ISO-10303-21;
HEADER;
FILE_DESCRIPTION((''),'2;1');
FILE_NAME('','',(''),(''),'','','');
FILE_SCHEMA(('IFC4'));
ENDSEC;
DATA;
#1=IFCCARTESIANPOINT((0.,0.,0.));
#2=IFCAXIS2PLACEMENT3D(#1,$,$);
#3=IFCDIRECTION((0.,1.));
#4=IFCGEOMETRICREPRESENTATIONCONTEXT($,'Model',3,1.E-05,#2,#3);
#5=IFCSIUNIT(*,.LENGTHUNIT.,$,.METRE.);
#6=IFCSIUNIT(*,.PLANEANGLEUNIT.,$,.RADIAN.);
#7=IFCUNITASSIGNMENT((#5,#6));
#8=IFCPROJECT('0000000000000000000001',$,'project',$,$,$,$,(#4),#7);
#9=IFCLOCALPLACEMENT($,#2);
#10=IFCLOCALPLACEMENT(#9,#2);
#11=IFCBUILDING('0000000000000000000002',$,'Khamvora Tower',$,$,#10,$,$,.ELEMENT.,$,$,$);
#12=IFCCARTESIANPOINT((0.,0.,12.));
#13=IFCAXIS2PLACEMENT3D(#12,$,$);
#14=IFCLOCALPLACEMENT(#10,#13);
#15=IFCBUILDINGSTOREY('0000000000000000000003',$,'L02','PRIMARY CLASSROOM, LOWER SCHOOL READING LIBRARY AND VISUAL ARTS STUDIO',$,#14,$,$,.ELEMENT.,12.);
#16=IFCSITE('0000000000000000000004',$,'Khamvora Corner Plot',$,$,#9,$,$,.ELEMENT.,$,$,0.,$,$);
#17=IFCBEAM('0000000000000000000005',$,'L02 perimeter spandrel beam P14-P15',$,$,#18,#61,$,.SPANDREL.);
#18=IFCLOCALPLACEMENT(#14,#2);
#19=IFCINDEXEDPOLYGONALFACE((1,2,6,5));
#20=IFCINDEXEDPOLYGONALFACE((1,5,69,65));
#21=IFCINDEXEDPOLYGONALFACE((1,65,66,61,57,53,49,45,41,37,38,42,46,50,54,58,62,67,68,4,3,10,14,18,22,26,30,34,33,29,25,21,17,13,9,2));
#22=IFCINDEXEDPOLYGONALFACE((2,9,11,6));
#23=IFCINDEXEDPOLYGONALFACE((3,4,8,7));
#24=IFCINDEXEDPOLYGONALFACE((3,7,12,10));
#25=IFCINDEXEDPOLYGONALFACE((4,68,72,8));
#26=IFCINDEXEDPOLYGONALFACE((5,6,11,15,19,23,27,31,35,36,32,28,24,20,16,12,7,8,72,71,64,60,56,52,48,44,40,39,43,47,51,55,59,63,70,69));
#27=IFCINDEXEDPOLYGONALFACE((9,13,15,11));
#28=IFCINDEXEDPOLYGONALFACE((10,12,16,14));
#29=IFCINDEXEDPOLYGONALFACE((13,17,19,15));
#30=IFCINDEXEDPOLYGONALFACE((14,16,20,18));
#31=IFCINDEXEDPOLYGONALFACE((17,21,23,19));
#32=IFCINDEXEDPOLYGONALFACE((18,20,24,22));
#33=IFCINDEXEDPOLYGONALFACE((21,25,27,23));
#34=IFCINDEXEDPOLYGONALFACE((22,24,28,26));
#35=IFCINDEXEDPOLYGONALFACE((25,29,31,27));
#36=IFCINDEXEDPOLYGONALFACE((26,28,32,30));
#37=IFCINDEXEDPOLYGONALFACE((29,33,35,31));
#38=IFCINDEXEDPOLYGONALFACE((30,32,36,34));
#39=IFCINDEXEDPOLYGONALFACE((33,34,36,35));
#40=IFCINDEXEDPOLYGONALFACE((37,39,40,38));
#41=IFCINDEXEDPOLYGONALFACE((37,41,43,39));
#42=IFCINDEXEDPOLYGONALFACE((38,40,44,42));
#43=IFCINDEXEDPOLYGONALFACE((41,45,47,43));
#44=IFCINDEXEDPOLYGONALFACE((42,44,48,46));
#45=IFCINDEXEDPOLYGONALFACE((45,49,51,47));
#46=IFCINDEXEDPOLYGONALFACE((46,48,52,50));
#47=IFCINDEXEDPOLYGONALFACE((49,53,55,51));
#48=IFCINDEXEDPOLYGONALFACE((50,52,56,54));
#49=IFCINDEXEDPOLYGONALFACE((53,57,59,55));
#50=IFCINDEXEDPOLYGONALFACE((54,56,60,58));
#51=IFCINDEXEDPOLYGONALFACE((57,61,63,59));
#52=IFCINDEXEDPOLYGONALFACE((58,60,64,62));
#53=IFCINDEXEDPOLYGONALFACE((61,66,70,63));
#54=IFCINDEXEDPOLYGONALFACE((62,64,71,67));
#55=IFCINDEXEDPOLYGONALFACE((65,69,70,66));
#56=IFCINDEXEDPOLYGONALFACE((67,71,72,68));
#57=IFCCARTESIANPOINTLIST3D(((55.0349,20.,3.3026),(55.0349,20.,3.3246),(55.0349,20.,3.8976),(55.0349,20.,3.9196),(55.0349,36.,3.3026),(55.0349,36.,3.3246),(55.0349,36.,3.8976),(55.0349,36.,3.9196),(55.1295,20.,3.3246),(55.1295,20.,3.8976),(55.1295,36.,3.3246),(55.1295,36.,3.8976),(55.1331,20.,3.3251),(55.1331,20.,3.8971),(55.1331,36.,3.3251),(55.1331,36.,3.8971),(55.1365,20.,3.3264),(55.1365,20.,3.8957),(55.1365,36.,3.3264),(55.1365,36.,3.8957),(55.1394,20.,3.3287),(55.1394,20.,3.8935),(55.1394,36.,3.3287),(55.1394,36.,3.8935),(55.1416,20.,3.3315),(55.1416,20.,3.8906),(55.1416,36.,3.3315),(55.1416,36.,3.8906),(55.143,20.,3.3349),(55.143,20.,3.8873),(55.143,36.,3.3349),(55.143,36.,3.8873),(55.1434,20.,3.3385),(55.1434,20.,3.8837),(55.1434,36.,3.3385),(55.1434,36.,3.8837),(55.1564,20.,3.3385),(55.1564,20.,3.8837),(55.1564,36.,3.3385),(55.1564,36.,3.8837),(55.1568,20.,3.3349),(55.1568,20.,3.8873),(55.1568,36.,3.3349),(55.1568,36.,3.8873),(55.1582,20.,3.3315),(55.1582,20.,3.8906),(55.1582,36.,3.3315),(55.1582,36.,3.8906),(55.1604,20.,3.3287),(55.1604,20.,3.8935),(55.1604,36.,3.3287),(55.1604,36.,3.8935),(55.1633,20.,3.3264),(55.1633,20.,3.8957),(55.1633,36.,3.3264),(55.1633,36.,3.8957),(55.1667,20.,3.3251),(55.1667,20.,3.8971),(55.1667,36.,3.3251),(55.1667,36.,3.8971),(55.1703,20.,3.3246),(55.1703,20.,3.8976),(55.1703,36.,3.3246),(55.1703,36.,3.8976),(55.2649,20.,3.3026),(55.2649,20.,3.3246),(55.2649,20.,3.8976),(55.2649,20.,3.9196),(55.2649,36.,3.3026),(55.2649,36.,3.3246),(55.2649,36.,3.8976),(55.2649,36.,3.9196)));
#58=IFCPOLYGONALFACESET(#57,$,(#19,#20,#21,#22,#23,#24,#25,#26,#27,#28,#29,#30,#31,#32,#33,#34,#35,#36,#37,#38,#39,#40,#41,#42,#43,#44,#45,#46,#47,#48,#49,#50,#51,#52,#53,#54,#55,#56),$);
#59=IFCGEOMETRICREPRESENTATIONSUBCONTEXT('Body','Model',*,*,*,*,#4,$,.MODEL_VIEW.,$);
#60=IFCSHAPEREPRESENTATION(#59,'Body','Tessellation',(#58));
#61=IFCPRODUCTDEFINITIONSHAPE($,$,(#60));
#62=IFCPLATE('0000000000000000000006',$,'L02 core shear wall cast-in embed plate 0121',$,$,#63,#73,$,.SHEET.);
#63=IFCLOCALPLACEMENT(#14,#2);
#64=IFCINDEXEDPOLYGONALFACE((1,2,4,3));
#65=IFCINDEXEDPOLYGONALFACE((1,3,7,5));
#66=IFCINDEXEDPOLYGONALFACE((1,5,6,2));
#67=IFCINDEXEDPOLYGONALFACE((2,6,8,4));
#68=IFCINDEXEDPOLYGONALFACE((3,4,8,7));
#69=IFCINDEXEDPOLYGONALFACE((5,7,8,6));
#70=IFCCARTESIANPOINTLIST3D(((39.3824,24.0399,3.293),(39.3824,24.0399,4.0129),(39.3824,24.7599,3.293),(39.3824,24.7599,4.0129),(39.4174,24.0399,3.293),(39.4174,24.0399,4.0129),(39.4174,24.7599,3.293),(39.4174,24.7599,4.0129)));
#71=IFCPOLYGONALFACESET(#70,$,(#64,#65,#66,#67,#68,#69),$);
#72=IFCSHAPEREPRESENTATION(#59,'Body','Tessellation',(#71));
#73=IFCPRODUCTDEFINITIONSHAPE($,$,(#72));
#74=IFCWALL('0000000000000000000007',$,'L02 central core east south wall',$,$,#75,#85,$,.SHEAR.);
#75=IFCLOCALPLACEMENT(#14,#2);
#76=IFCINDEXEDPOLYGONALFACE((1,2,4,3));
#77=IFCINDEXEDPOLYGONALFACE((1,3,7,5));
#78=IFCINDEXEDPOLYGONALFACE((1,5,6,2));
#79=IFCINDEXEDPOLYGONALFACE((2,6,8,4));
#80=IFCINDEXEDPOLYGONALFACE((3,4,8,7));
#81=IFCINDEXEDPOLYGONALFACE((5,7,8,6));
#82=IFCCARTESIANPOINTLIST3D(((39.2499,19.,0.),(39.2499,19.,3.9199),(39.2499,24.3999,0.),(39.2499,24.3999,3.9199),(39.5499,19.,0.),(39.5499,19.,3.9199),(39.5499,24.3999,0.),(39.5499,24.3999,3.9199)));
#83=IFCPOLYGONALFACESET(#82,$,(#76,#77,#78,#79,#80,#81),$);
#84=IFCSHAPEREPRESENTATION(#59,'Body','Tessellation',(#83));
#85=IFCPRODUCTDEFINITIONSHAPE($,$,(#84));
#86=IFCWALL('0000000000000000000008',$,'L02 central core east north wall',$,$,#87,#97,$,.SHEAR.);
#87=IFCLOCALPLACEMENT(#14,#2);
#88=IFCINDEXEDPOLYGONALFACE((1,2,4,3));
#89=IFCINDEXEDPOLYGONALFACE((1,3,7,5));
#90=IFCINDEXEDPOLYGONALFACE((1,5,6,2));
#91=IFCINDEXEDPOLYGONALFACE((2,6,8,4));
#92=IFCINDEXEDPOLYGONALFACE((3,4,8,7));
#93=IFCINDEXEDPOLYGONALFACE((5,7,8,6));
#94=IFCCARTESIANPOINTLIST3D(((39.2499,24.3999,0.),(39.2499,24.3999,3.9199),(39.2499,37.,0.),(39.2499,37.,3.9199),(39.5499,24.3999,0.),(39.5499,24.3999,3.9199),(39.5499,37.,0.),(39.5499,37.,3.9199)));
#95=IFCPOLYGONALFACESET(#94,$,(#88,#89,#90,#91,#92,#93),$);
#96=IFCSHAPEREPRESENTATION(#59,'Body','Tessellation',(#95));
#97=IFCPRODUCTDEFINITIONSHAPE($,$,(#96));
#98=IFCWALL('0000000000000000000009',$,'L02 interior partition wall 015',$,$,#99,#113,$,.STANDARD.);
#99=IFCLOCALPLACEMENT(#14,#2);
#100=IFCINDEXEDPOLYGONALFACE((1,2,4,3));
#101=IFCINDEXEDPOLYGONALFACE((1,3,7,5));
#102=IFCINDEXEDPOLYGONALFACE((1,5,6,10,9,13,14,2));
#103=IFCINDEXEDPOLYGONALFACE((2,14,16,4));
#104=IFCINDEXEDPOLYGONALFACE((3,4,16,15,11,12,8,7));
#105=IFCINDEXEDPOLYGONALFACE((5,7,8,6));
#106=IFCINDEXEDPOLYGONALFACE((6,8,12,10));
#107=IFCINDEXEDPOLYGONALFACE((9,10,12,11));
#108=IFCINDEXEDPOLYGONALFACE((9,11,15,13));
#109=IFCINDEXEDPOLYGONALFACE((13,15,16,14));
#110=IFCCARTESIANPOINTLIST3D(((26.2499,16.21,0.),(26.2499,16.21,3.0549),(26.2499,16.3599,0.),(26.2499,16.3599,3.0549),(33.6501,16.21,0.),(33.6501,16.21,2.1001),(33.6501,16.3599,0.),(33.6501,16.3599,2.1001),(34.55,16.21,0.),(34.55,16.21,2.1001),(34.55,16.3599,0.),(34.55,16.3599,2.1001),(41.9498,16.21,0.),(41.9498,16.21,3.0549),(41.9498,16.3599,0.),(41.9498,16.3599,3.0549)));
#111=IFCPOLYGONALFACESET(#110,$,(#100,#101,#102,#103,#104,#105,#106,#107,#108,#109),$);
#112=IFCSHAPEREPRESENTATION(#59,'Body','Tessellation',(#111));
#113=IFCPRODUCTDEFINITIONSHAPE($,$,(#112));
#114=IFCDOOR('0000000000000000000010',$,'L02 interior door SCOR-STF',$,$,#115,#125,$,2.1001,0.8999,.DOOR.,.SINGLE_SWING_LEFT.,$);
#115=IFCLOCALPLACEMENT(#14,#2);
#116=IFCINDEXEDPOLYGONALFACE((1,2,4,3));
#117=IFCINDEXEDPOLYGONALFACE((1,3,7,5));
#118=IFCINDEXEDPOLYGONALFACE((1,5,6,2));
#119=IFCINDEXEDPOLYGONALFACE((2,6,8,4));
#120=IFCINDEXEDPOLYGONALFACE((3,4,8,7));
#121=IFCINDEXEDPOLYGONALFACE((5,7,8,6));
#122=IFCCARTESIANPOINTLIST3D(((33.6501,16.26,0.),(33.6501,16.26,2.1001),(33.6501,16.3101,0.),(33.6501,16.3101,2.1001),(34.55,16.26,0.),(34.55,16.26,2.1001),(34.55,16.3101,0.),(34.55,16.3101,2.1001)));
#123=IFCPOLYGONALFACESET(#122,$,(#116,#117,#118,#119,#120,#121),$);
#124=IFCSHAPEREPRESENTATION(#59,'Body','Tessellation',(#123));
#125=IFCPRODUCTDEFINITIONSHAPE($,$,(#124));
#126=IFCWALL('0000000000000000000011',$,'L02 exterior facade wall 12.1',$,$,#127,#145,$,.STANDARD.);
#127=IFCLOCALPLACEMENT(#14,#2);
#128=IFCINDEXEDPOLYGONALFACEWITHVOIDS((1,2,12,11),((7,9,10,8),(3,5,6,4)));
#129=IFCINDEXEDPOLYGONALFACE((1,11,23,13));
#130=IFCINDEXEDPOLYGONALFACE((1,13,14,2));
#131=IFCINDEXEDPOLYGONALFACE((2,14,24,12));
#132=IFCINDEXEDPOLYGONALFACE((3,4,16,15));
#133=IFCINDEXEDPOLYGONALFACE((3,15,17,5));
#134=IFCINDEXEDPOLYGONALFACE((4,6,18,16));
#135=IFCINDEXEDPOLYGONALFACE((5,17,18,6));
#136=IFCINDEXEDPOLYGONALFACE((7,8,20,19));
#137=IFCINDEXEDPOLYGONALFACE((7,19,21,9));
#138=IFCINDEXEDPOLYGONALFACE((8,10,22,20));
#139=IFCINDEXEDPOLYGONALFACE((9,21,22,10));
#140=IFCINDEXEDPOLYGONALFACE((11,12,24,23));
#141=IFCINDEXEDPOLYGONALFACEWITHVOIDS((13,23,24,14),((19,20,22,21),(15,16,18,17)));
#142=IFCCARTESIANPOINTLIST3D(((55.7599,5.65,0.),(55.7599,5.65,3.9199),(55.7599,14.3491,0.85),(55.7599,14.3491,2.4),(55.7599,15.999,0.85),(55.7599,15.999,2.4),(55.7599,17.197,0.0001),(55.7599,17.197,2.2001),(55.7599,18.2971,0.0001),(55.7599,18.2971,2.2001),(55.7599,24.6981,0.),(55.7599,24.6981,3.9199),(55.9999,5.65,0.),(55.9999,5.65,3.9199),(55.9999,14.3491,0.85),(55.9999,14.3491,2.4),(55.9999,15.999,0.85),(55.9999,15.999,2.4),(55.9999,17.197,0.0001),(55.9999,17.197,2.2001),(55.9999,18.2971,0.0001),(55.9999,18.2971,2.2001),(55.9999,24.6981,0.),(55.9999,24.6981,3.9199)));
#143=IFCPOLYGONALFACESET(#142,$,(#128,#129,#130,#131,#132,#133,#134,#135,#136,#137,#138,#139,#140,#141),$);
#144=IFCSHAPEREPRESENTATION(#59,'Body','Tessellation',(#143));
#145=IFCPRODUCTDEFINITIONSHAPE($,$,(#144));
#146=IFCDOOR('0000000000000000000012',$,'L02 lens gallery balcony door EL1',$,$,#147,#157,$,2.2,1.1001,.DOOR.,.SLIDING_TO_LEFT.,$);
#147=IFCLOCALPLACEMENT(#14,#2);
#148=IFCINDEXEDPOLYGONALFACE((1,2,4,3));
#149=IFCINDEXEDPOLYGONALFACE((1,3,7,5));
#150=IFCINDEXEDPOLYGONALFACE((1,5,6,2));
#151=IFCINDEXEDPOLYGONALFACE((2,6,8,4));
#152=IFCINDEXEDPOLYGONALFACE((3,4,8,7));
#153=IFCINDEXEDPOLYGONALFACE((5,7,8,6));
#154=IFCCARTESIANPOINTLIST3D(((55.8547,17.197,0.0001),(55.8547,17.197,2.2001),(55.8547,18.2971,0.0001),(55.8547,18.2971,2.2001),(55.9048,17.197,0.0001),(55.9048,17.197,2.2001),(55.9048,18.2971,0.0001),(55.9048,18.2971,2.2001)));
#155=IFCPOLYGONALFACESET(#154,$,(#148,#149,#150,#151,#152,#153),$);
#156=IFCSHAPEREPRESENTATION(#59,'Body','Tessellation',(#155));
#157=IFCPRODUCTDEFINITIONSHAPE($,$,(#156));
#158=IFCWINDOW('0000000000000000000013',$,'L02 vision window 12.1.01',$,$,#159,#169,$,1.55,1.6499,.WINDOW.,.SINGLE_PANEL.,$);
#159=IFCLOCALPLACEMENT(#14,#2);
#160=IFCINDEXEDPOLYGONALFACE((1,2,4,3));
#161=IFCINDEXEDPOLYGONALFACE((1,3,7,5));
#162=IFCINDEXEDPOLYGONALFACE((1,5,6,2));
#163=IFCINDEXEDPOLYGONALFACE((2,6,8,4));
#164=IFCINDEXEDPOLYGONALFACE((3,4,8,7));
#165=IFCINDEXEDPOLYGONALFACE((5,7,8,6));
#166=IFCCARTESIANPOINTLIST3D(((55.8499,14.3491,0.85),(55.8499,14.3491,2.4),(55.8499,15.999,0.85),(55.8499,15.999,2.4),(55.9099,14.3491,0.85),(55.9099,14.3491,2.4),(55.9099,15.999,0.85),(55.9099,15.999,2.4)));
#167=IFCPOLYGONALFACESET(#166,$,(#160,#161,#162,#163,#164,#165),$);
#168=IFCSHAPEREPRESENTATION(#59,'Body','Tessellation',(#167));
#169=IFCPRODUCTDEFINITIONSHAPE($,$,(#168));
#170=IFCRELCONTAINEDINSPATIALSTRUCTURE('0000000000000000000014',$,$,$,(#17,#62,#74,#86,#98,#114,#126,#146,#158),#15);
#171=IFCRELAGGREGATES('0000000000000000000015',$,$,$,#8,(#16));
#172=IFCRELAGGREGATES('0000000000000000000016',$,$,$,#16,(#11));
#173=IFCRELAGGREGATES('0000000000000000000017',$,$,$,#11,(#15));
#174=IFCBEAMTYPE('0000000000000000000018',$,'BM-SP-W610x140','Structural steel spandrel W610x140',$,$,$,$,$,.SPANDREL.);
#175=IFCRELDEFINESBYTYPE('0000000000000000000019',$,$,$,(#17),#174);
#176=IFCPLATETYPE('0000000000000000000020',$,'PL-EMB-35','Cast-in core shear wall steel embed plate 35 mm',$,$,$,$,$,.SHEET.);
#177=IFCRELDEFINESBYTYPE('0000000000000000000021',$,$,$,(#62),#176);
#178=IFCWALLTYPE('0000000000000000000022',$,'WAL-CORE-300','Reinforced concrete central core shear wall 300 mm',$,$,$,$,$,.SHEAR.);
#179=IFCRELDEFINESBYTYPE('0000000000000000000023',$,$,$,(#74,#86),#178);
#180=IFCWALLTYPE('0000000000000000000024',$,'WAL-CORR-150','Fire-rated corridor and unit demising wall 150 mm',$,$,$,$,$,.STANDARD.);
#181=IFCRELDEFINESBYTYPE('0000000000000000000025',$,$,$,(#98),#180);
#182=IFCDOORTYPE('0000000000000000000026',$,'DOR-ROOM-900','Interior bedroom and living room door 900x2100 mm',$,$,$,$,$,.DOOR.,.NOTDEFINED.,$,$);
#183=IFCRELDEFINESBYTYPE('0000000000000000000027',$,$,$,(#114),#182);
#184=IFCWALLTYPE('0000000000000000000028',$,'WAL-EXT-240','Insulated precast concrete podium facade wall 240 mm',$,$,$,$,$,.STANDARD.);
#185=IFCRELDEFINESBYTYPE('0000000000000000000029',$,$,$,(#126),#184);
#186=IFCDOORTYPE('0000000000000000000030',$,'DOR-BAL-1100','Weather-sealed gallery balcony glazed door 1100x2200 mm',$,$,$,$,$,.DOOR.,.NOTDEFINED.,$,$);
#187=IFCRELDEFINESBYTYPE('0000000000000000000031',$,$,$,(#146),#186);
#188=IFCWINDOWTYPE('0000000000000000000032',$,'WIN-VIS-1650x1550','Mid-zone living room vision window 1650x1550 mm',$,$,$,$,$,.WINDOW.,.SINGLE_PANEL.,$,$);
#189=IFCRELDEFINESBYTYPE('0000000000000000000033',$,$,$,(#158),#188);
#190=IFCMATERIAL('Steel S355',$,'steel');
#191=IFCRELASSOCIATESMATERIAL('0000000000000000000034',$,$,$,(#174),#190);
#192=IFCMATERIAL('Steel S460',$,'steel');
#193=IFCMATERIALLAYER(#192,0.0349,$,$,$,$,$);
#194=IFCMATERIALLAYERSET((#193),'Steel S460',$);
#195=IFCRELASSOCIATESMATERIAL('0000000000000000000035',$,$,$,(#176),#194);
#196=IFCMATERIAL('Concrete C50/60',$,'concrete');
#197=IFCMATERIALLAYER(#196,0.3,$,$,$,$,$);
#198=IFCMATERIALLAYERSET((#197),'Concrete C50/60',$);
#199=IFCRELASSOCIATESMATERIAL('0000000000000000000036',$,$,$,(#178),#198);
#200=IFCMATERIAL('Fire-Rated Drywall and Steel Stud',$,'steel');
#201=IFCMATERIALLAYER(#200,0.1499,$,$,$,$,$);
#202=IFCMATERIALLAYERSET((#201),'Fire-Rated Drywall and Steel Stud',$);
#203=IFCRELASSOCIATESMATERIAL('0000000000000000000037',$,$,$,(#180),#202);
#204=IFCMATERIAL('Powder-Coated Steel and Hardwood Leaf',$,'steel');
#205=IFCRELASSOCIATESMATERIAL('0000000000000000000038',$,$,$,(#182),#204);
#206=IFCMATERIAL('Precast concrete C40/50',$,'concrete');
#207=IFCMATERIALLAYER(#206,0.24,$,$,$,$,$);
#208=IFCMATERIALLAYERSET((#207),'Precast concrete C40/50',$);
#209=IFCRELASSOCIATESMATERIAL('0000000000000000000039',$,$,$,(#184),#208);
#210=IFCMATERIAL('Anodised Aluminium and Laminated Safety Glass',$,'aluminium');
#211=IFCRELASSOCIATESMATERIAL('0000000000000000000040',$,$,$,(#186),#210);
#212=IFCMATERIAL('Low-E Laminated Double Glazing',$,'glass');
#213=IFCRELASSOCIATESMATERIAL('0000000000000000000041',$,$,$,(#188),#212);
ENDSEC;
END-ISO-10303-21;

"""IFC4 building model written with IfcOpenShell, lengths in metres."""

from ifc_helpers import new_model, si_unit, direction, frame, frame_2d, origin, origin_2d, place, context, subcontext, project, spatial, rectangle, i_section, extrude, material, layer, layer_set, material_profile, profile_set, type_object, element, fill, save


model = new_model("IFC4")

# Units and contexts
model_context = context("Model", 3, precision=1e-05, world=origin(), true_north=direction((0.0, 1.0)))
body_context = subcontext(model_context, "Body", "Model", "MODEL_VIEW")
ifc_project = project(units=[si_unit("LENGTHUNIT", "METRE"), si_unit("PLANEANGLEUNIT", "RADIAN")], contexts=[model_context])

# Site, building, storey
site_placement = place(None, origin())
site = spatial("IfcSite", under=ifc_project, at=site_placement, Name="Khamvora Corner Plot", CompositionType="ELEMENT", RefElevation=0.0)
building_placement = place(site_placement, origin())
building = spatial("IfcBuilding", under=site, at=building_placement, Name="Khamvora Tower", CompositionType="ELEMENT")
storey_placement = place(building_placement, frame((0.0, 0.0, 12.0)))
storey = spatial("IfcBuildingStorey", under=building, at=storey_placement, Name="L02", Description="PRIMARY CLASSROOM, LOWER SCHOOL READING LIBRARY AND VISUAL ARTS STUDIO", CompositionType="ELEMENT", Elevation=12.0)

# Shared definitions
ifc_material_1 = material(Name="Steel S460", Category="steel")

# Beam
ifc_material_2 = material(Name="Steel S355", Category="steel")
ifc_material_profile_1 = material_profile(ifc_material_2, i_section(OverallWidth=0.23, OverallDepth=0.6169, WebThickness=0.0129, FlangeThickness=0.022, FilletRadius=0.0139, at=origin_2d()), Name="W610x140")
ifc_profile_set_1 = profile_set([ifc_material_profile_1], Name="Steel S355")
beam_type_1 = type_object("IfcBeamType", Name="BM-SP-W610x140", Description="Structural steel spandrel W610x140", PredefinedType="SPANDREL", material=ifc_profile_set_1)
beam_1_placement = place(storey_placement, frame((55.1499, 20.0, 3.6111), z_axis=(0.0, 1.0, 0.0), x_axis=(-1.0, 0.0, 0.0)))
element("IfcBeam", 1, at=beam_1_placement, inside=storey, type_object=beam_type_1, Name="L02 perimeter spandrel beam P14-P15", PredefinedType="SPANDREL", context=body_context, shape_type="SweptSolid", body=[
    extrude(i_section(OverallWidth=0.23, OverallDepth=0.6169, WebThickness=0.0129, FlangeThickness=0.022, FilletRadius=0.0139, at=origin_2d()), origin(), (0.0, 0.0, 1.0), 16.0),
])

# Plate
ifc_layer_1 = layer(ifc_material_1, 0.0349)
ifc_layer_set_1 = layer_set([ifc_layer_1], Name="Steel S460")
plate_type = type_object("IfcPlateType", Name="PL-EMB-35", Description="Cast-in core shear wall steel embed plate 35 mm", PredefinedType="SHEET", material=ifc_layer_set_1)
plate_placement = place(storey_placement, frame((39.3999, 24.3999, 3.293), z_axis=(0.0, 0.0, 1.0), x_axis=(1.0, 0.0, 0.0)))
element("IfcPlate", 2, at=plate_placement, inside=storey, type_object=plate_type, Name="L02 core shear wall cast-in embed plate 0121", PredefinedType="SHEET", context=body_context, shape_type="SweptSolid", body=[
    extrude(rectangle(XDim=0.0349, YDim=0.72, at=origin_2d()), origin(), (0.0, 0.0, 1.0), 0.72),
])

# Walls
ifc_material_3 = material(Name="Concrete C50/60", Category="concrete")
ifc_layer_2 = layer(ifc_material_3, 0.3)
ifc_layer_set_2 = layer_set([ifc_layer_2], Name="Concrete C50/60")
wall_type_1 = type_object("IfcWallType", Name="WAL-CORE-300", Description="Reinforced concrete central core shear wall 300 mm", PredefinedType="SHEAR", material=ifc_layer_set_2)
wall_1_placement = place(storey_placement, frame((39.3999, 19.0, 0.0), z_axis=(0.0, 0.0, 1.0), x_axis=(0.0, 1.0, 0.0)))
element("IfcWall", 3, at=wall_1_placement, inside=storey, type_object=wall_type_1, Name="L02 central core east south wall", PredefinedType="SHEAR", context=body_context, shape_type="SweptSolid", body=[
    extrude(rectangle(XDim=5.3999, YDim=0.3, at=frame_2d((2.7, 0.0))), origin(), (0.0, 0.0, 1.0), 3.9199),
])
wall_2_placement = place(storey_placement, frame((39.3999, 24.3999, 0.0), z_axis=(0.0, 0.0, 1.0), x_axis=(0.0, 1.0, 0.0)))
element("IfcWall", 4, at=wall_2_placement, inside=storey, type_object=wall_type_1, Name="L02 central core east north wall", PredefinedType="SHEAR", context=body_context, shape_type="SweptSolid", body=[
    extrude(rectangle(XDim=12.6001, YDim=0.3, at=frame_2d((6.3, 0.0))), origin(), (0.0, 0.0, 1.0), 3.9199),
])

# Wall, opening, door
ifc_material_4 = material(Name="Fire-Rated Drywall and Steel Stud", Category="steel")
ifc_layer_3 = layer(ifc_material_4, 0.1499)
ifc_layer_set_3 = layer_set([ifc_layer_3], Name="Fire-Rated Drywall and Steel Stud")
wall_type_2 = type_object("IfcWallType", Name="WAL-CORR-150", Description="Fire-rated corridor and unit demising wall 150 mm", PredefinedType="STANDARD", material=ifc_layer_set_3)
wall_3_placement = place(storey_placement, frame((41.95, 16.2849, 0.0), z_axis=(0.0, 0.0, 1.0), x_axis=(-1.0, 0.0, 0.0)))
wall_3 = element("IfcWall", 5, at=wall_3_placement, inside=storey, type_object=wall_type_2, Name="L02 interior partition wall 015", PredefinedType="STANDARD", context=body_context, shape_type="SweptSolid", body=[
    extrude(rectangle(XDim=15.7, YDim=0.1499, at=frame_2d((7.8501, 0.0))), origin(), (0.0, 0.0, 1.0), 3.0549),
])
opening_1_placement = place(wall_3_placement, frame((7.3999, 0.0, 0.0)))
opening_1 = element("IfcOpeningElement", 6, at=opening_1_placement, cuts=wall_3, PredefinedType="OPENING", context=body_context, shape_type="SweptSolid", body=[
    extrude(rectangle(XDim=0.8999, YDim=2.1001, at=frame_2d((0.45, 1.05))), frame((0.0, 0.085, 0.0), z_axis=(0.0, -1.0, 0.0), x_axis=(1.0, 0.0, 0.0)), (0.0, 0.0, 1.0), 0.1699),
])
ifc_material_5 = material(Name="Powder-Coated Steel and Hardwood Leaf", Category="steel")
door_type_1 = type_object("IfcDoorType", Name="DOR-ROOM-900", Description="Interior bedroom and living room door 900x2100 mm", OperationType="NOTDEFINED", PredefinedType="DOOR", material=ifc_material_5)
door_1_placement = place(opening_1_placement, origin())
door_1 = element("IfcDoor", 7, at=door_1_placement, inside=storey, type_object=door_type_1, Name="L02 interior door SCOR-STF", OperationType="SINGLE_SWING_LEFT", OverallHeight=2.1001, OverallWidth=0.8999, PredefinedType="DOOR", context=body_context, shape_type="SweptSolid", body=[
    extrude(rectangle(XDim=0.8999, YDim=2.1001, at=frame_2d((0.45, 1.05))), frame((0.0, 0.0249, 0.0), z_axis=(0.0, -1.0, 0.0), x_axis=(1.0, 0.0, 0.0)), (0.0, 0.0, 1.0), 0.05),
])
fill(opening_1, door_1)

# Wall, openings, door, window
ifc_material_6 = material(Name="Precast concrete C40/50", Category="concrete")
ifc_layer_4 = layer(ifc_material_6, 0.24)
ifc_layer_set_4 = layer_set([ifc_layer_4], Name="Precast concrete C40/50")
wall_type_3 = type_object("IfcWallType", Name="WAL-EXT-240", Description="Insulated precast concrete podium facade wall 240 mm", PredefinedType="STANDARD", material=ifc_layer_set_4)
wall_4_placement = place(storey_placement, frame((55.8799, 24.698, 0.0), z_axis=(0.0, 0.0, 1.0), x_axis=(0.0, -1.0, 0.0)))
wall_4 = element("IfcWall", 8, at=wall_4_placement, inside=storey, type_object=wall_type_3, Name="L02 exterior facade wall 12.1", PredefinedType="STANDARD", context=body_context, shape_type="SweptSolid", body=[
    extrude(rectangle(XDim=19.0481, YDim=0.24, at=frame_2d((9.5239, 0.0))), origin(), (0.0, 0.0, 1.0), 3.9199),
])
opening_2_placement = place(wall_4_placement, frame((6.4009, 0.0, 0.0)))
opening_2 = element("IfcOpeningElement", 9, at=opening_2_placement, cuts=wall_4, PredefinedType="OPENING", context=body_context, shape_type="SweptSolid", body=[
    extrude(rectangle(XDim=1.1001, YDim=2.2, at=frame_2d((0.55, 1.1001))), frame((0.0, 0.1299, 0.0), z_axis=(0.0, -1.0, 0.0), x_axis=(1.0, 0.0, 0.0)), (0.0, 0.0, 1.0), 0.26),
])
opening_3_placement = place(wall_4_placement, frame((8.699, 0.0, 0.8501)))
opening_3 = element("IfcOpeningElement", 10, at=opening_3_placement, cuts=wall_4, PredefinedType="OPENING", context=body_context, shape_type="SweptSolid", body=[
    extrude(rectangle(XDim=1.6499, YDim=1.55, at=frame_2d((0.825, 0.7749))), frame((0.0, 0.1299, 0.0), z_axis=(0.0, -1.0, 0.0), x_axis=(1.0, 0.0, 0.0)), (0.0, 0.0, 1.0), 0.26),
])
ifc_material_7 = material(Name="Anodised Aluminium and Laminated Safety Glass", Category="aluminium")
door_type_2 = type_object("IfcDoorType", Name="DOR-BAL-1100", Description="Weather-sealed gallery balcony glazed door 1100x2200 mm", OperationType="NOTDEFINED", PredefinedType="DOOR", material=ifc_material_7)
door_2_placement = place(opening_2_placement, origin())
door_2 = element("IfcDoor", 11, at=door_2_placement, inside=storey, type_object=door_type_2, Name="L02 lens gallery balcony door EL1", OperationType="SLIDING_TO_LEFT", OverallHeight=2.2, OverallWidth=1.1001, PredefinedType="DOOR", context=body_context, shape_type="SweptSolid", body=[
    extrude(rectangle(XDim=1.1001, YDim=2.2, at=frame_2d((0.55, 1.1001))), frame((0.0, 0.0249, 0.0), z_axis=(0.0, -1.0, 0.0), x_axis=(1.0, 0.0, 0.0)), (0.0, 0.0, 1.0), 0.05),
])
fill(opening_2, door_2)
ifc_material_8 = material(Name="Low-E Laminated Double Glazing", Category="glass")
window_type = type_object("IfcWindowType", Name="WIN-VIS-1650x1550", Description="Mid-zone living room vision window 1650x1550 mm", PartitioningType="SINGLE_PANEL", PredefinedType="WINDOW", material=ifc_material_8)
window_placement = place(opening_3_placement, origin())
window = element("IfcWindow", 12, at=window_placement, inside=storey, type_object=window_type, Name="L02 vision window 12.1.01", OverallHeight=1.55, OverallWidth=1.6499, PartitioningType="SINGLE_PANEL", PredefinedType="WINDOW", context=body_context, shape_type="SweptSolid", body=[
    extrude(rectangle(XDim=1.6499, YDim=1.55, at=frame_2d((0.825, 0.7749))), frame((0.0, 0.03, 0.0), z_axis=(0.0, -1.0, 0.0), x_axis=(1.0, 0.0, 0.0)), (0.0, 0.0, 1.0), 0.0601),
])
fill(opening_3, window)

save(model, "model.ifc")
